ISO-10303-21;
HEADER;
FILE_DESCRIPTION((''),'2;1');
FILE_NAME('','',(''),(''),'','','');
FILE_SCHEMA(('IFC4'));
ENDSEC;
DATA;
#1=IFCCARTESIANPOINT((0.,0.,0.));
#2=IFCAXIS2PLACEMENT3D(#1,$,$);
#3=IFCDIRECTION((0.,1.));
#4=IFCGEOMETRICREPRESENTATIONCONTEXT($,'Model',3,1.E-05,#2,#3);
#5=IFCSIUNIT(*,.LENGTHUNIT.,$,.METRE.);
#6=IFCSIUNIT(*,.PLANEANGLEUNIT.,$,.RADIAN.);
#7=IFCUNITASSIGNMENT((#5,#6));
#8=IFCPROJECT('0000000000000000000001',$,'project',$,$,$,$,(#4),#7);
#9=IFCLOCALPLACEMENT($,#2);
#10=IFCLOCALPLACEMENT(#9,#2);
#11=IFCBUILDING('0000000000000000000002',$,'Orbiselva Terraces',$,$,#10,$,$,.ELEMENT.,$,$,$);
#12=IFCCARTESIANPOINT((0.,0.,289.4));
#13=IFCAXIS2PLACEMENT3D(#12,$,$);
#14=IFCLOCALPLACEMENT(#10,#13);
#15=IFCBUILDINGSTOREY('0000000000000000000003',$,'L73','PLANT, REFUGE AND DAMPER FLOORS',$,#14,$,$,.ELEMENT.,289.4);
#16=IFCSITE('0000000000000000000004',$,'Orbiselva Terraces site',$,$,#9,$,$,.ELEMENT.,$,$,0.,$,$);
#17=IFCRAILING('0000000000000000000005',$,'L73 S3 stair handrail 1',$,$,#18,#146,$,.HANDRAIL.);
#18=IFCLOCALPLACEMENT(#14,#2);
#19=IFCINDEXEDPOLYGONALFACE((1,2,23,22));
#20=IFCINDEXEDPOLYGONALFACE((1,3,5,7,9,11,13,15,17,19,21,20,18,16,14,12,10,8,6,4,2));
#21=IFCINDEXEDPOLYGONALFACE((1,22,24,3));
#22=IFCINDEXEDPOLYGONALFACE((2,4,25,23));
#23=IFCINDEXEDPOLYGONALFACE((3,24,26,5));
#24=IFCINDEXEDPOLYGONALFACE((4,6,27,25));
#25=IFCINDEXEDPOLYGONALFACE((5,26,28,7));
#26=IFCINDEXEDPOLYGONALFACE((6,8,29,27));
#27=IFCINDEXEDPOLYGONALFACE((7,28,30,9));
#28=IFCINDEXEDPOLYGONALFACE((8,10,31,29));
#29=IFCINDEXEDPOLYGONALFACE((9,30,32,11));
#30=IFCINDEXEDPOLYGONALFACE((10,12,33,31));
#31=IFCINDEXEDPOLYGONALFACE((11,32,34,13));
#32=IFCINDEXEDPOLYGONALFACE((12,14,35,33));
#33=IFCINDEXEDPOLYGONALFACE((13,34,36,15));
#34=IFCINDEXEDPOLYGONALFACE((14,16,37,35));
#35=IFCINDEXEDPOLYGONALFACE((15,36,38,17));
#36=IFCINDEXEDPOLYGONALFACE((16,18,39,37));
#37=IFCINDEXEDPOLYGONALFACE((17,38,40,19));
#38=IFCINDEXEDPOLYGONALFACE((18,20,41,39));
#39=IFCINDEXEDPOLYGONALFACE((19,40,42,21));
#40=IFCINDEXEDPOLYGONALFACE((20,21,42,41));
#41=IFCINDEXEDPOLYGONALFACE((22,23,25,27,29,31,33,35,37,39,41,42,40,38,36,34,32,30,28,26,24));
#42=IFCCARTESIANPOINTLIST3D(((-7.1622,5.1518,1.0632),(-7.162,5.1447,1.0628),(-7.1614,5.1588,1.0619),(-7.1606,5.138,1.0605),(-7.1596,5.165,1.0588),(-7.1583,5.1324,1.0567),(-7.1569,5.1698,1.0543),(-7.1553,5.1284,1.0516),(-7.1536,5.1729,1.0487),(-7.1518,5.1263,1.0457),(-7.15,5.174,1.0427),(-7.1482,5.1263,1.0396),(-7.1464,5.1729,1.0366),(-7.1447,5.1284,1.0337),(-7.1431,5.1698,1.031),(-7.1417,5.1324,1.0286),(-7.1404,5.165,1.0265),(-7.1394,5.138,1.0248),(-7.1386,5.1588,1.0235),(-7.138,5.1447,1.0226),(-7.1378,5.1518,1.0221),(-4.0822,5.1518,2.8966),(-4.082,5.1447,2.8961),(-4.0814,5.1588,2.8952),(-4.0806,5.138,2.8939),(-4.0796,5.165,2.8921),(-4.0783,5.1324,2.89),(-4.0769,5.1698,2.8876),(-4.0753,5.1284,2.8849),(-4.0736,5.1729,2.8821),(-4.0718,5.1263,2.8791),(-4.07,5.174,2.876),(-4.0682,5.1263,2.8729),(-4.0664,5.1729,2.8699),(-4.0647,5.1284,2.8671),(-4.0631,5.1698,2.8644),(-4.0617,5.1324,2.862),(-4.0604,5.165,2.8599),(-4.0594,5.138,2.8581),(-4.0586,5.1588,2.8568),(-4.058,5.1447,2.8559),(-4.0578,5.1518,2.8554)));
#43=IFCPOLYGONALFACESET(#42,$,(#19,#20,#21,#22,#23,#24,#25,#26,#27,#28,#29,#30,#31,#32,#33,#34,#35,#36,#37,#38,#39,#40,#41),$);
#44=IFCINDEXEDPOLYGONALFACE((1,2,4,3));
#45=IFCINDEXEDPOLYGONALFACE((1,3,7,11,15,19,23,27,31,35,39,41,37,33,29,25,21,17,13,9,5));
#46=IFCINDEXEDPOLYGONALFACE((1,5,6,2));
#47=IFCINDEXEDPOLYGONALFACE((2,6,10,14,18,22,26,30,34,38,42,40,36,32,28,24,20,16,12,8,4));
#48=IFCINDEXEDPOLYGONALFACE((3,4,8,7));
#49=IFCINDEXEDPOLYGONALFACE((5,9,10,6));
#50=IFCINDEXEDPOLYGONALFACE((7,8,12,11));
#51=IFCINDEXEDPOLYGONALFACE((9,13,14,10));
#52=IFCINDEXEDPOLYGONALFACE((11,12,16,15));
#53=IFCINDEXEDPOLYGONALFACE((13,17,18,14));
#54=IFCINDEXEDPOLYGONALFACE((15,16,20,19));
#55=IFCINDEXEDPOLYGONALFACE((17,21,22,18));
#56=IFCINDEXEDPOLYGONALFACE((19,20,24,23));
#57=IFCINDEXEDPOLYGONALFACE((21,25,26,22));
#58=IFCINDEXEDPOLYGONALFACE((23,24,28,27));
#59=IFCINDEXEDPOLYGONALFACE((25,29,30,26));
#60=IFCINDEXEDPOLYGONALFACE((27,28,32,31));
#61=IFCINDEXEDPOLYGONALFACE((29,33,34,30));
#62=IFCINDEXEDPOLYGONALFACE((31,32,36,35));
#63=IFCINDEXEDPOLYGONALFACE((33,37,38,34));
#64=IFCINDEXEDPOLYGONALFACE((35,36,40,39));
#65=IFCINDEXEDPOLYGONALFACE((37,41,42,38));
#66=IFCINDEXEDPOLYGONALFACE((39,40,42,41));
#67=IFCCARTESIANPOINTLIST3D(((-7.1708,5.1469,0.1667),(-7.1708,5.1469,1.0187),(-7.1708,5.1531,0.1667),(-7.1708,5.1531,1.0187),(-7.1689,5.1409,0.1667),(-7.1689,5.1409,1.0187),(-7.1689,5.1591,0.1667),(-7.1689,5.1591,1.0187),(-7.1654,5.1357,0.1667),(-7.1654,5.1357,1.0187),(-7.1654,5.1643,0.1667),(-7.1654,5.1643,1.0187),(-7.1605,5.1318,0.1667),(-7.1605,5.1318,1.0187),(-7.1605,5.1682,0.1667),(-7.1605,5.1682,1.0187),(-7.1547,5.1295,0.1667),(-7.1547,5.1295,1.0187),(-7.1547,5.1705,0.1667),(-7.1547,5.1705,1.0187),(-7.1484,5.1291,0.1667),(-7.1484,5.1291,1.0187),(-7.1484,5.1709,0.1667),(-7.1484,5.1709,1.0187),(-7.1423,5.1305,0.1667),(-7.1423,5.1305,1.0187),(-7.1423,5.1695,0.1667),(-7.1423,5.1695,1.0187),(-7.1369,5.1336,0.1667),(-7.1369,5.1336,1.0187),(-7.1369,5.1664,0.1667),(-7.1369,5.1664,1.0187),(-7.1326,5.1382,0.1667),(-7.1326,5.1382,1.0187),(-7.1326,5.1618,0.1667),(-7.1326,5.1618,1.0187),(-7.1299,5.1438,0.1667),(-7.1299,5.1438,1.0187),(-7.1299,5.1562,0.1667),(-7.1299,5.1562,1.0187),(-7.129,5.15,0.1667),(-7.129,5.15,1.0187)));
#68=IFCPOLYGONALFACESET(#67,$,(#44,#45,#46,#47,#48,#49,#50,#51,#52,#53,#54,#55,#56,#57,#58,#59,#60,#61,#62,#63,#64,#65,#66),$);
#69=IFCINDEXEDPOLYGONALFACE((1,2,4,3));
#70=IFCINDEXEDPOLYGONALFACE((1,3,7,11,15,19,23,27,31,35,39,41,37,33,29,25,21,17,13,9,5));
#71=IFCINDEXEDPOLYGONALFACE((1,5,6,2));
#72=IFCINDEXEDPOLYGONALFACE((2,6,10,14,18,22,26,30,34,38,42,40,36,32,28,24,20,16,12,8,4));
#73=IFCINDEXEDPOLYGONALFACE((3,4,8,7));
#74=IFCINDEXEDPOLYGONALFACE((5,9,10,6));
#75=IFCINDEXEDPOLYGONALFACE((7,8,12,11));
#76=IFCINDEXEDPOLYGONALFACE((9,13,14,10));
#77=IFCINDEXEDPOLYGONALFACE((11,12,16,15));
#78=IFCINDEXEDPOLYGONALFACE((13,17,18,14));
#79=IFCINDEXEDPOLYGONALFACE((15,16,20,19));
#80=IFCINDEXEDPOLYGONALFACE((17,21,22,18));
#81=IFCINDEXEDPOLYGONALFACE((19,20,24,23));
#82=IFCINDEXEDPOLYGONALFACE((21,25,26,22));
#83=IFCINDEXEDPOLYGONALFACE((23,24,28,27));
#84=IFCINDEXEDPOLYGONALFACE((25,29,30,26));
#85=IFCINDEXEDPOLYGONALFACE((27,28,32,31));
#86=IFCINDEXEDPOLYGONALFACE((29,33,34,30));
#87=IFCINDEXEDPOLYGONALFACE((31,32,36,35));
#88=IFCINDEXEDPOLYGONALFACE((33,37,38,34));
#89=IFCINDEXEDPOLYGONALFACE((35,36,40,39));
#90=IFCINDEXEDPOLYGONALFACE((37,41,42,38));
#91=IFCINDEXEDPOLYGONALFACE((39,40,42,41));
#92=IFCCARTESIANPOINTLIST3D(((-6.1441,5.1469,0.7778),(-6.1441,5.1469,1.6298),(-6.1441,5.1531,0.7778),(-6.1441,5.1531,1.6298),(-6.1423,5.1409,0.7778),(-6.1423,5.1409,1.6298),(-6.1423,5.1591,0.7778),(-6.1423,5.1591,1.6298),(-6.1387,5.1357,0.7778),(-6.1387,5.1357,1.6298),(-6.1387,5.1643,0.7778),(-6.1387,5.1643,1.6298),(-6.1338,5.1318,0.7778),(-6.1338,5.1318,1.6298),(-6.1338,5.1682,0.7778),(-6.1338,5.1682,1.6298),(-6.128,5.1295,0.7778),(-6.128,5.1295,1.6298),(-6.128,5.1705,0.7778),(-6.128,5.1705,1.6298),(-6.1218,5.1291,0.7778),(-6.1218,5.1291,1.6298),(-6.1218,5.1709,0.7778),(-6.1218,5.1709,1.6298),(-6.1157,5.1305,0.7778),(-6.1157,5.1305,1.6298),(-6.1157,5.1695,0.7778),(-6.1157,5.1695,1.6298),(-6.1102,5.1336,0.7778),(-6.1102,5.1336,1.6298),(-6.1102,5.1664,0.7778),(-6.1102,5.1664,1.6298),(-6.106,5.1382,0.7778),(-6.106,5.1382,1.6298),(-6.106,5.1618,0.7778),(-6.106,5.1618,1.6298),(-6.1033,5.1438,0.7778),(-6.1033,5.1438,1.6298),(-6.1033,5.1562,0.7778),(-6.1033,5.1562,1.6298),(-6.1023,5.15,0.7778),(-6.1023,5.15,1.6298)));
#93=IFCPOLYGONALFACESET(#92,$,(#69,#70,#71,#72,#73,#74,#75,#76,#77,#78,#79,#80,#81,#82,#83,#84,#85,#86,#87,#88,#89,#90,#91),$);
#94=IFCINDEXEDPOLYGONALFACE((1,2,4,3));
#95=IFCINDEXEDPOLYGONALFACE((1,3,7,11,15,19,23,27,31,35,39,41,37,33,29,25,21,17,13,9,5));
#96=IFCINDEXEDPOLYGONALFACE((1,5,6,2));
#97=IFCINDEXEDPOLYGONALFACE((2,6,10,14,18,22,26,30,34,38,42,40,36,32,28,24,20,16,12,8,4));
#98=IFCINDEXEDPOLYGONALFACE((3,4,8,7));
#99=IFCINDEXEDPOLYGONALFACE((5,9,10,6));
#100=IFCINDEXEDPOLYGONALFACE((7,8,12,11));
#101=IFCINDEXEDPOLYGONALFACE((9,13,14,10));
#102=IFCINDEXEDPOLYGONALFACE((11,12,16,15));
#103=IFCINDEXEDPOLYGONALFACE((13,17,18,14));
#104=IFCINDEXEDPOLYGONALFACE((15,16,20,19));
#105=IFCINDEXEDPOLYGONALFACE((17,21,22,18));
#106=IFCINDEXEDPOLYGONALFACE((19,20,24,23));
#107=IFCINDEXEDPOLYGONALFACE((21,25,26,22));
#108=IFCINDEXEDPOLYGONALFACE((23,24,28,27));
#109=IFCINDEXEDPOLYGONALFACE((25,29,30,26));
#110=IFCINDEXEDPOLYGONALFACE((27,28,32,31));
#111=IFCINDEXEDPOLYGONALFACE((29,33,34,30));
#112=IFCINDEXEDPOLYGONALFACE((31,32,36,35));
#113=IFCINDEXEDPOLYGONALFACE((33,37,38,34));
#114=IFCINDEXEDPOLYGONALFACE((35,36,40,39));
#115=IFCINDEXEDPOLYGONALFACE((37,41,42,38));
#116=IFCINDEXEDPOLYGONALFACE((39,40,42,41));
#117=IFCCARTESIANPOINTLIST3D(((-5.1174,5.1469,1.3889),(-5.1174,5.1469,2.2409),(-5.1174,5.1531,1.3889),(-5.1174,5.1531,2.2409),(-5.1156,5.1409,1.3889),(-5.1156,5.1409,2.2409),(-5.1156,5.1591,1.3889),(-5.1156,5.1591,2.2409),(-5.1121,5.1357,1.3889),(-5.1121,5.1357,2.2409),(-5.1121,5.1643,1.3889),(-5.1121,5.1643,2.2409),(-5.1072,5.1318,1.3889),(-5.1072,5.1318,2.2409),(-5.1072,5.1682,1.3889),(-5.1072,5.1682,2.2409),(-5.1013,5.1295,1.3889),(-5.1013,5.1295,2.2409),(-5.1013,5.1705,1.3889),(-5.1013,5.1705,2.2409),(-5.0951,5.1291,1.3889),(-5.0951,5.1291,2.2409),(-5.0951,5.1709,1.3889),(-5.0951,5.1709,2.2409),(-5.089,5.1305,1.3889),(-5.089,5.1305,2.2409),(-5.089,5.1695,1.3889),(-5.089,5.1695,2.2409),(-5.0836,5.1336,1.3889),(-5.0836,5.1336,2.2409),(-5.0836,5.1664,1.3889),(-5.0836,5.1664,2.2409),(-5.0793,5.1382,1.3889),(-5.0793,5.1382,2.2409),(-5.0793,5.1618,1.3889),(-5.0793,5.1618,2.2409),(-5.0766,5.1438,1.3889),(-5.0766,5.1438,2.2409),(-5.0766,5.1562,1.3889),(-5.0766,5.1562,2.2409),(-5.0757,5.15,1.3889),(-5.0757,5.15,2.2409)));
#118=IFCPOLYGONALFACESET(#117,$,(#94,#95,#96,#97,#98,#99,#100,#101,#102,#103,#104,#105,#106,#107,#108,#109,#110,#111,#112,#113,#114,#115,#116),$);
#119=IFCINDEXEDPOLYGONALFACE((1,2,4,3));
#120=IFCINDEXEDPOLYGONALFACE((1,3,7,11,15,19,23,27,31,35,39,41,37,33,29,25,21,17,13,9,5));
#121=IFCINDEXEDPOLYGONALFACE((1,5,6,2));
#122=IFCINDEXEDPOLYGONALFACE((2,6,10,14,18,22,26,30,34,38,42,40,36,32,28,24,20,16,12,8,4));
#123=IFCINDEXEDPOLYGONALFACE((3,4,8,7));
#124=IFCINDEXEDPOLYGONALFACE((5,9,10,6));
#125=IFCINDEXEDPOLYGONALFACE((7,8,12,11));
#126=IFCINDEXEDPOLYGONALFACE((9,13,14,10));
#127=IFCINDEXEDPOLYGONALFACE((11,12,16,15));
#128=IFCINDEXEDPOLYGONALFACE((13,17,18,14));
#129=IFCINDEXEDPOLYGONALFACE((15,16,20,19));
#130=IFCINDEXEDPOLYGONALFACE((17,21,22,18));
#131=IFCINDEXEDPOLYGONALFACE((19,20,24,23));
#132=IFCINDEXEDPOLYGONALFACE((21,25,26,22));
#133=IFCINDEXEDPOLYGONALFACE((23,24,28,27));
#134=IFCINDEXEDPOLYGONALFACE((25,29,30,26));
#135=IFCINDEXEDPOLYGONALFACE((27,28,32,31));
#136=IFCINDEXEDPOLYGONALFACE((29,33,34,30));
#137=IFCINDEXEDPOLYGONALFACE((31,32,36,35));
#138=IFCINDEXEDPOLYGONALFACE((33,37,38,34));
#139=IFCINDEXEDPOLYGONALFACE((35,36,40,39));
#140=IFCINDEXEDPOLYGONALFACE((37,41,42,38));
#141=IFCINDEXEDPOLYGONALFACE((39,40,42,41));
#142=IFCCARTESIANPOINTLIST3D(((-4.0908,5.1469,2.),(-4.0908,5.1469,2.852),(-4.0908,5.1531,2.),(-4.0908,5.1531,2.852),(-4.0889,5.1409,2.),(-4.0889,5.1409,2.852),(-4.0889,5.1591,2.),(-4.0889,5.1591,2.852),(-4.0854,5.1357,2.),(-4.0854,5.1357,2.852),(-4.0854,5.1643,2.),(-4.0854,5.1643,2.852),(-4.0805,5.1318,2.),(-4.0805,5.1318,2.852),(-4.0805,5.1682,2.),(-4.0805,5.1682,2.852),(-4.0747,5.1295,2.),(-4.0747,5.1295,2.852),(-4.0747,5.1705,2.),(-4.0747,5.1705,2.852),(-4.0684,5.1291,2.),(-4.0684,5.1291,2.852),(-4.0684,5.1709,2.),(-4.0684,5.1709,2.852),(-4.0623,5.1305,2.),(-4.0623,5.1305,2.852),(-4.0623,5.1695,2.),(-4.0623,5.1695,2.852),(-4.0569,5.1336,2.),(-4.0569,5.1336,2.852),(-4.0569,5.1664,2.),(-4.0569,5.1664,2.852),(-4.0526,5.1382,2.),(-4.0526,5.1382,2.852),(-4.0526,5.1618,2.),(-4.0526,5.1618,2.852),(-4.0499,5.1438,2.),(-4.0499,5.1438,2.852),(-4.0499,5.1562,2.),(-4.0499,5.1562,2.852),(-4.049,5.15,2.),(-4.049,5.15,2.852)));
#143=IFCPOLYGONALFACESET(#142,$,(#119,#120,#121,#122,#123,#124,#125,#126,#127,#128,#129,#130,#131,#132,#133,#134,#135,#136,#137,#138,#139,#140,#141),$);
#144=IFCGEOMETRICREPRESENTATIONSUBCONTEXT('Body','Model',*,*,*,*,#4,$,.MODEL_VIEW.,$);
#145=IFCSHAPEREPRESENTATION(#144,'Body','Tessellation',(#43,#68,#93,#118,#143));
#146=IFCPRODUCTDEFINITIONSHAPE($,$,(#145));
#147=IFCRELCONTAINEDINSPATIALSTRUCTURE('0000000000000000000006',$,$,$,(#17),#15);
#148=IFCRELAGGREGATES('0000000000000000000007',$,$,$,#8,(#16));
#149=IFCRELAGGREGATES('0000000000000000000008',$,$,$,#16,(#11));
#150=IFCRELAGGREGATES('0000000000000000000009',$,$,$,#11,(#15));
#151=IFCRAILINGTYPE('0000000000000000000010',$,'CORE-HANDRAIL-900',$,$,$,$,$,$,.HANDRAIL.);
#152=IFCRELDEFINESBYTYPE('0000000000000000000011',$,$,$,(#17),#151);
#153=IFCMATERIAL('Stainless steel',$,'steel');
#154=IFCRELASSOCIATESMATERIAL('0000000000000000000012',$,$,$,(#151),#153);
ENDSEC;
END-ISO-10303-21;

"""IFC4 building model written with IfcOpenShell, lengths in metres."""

from ifc_helpers import new_model, si_unit, direction, frame, origin, origin_2d, place, context, subcontext, project, spatial, circle, extrude, material, type_object, element, save


model = new_model("IFC4")

# Units and contexts
model_context = context("Model", 3, precision=1e-05, world=origin(), true_north=direction((0.0, 1.0)))
body_context = subcontext(model_context, "Body", "Model", "MODEL_VIEW")
ifc_project = project(units=[si_unit("LENGTHUNIT", "METRE"), si_unit("PLANEANGLEUNIT", "RADIAN")], contexts=[model_context])

# Site, building, storey
site_placement = place(None, origin())
site = spatial("IfcSite", under=ifc_project, at=site_placement, Name="Orbiselva Terraces site", CompositionType="ELEMENT", RefElevation=0.0)
building_placement = place(site_placement, origin())
building = spatial("IfcBuilding", under=site, at=building_placement, Name="Orbiselva Terraces", CompositionType="ELEMENT")
storey_placement = place(building_placement, frame((0.0, 0.0, 289.4)))
storey = spatial("IfcBuildingStorey", under=building, at=storey_placement, Name="L73", Description="PLANT, REFUGE AND DAMPER FLOORS", CompositionType="ELEMENT", Elevation=289.4)

# Railing
ifc_material_1 = material(Name="Stainless steel", Category="steel")
railing_type_1 = type_object("IfcRailingType", Name="CORE-HANDRAIL-900", PredefinedType="HANDRAIL", material=ifc_material_1)
railing_1_placement = place(storey_placement, frame((-7.15, 5.15, 0.1667)))
element("IfcRailing", 1, at=railing_1_placement, inside=storey, type_object=railing_type_1, Name="L73 S3 stair handrail 1", PredefinedType="HANDRAIL", context=body_context, shape_type="SweptSolid", body=[
    extrude(circle(Radius=0.024, at=origin_2d()), frame((0.0, 0.0, 0.876), z_axis=(0.859293, 0.0, 0.511484), x_axis=(0.0, 1.0, 0.0)), (0.0, 0.0, 1.0), 3.5843),
    extrude(circle(Radius=0.021, at=origin_2d()), origin(), (0.0, 0.0, 1.0), 0.852),
    extrude(circle(Radius=0.021, at=origin_2d()), frame((1.0267, 0.0, 0.6111)), (0.0, 0.0, 1.0), 0.852),
    extrude(circle(Radius=0.021, at=origin_2d()), frame((2.0533, 0.0, 1.2222)), (0.0, 0.0, 1.0), 0.852),
    extrude(circle(Radius=0.021, at=origin_2d()), frame((3.08, 0.0, 1.8333)), (0.0, 0.0, 1.0), 0.852),
])

save(model, "model.ifc")
